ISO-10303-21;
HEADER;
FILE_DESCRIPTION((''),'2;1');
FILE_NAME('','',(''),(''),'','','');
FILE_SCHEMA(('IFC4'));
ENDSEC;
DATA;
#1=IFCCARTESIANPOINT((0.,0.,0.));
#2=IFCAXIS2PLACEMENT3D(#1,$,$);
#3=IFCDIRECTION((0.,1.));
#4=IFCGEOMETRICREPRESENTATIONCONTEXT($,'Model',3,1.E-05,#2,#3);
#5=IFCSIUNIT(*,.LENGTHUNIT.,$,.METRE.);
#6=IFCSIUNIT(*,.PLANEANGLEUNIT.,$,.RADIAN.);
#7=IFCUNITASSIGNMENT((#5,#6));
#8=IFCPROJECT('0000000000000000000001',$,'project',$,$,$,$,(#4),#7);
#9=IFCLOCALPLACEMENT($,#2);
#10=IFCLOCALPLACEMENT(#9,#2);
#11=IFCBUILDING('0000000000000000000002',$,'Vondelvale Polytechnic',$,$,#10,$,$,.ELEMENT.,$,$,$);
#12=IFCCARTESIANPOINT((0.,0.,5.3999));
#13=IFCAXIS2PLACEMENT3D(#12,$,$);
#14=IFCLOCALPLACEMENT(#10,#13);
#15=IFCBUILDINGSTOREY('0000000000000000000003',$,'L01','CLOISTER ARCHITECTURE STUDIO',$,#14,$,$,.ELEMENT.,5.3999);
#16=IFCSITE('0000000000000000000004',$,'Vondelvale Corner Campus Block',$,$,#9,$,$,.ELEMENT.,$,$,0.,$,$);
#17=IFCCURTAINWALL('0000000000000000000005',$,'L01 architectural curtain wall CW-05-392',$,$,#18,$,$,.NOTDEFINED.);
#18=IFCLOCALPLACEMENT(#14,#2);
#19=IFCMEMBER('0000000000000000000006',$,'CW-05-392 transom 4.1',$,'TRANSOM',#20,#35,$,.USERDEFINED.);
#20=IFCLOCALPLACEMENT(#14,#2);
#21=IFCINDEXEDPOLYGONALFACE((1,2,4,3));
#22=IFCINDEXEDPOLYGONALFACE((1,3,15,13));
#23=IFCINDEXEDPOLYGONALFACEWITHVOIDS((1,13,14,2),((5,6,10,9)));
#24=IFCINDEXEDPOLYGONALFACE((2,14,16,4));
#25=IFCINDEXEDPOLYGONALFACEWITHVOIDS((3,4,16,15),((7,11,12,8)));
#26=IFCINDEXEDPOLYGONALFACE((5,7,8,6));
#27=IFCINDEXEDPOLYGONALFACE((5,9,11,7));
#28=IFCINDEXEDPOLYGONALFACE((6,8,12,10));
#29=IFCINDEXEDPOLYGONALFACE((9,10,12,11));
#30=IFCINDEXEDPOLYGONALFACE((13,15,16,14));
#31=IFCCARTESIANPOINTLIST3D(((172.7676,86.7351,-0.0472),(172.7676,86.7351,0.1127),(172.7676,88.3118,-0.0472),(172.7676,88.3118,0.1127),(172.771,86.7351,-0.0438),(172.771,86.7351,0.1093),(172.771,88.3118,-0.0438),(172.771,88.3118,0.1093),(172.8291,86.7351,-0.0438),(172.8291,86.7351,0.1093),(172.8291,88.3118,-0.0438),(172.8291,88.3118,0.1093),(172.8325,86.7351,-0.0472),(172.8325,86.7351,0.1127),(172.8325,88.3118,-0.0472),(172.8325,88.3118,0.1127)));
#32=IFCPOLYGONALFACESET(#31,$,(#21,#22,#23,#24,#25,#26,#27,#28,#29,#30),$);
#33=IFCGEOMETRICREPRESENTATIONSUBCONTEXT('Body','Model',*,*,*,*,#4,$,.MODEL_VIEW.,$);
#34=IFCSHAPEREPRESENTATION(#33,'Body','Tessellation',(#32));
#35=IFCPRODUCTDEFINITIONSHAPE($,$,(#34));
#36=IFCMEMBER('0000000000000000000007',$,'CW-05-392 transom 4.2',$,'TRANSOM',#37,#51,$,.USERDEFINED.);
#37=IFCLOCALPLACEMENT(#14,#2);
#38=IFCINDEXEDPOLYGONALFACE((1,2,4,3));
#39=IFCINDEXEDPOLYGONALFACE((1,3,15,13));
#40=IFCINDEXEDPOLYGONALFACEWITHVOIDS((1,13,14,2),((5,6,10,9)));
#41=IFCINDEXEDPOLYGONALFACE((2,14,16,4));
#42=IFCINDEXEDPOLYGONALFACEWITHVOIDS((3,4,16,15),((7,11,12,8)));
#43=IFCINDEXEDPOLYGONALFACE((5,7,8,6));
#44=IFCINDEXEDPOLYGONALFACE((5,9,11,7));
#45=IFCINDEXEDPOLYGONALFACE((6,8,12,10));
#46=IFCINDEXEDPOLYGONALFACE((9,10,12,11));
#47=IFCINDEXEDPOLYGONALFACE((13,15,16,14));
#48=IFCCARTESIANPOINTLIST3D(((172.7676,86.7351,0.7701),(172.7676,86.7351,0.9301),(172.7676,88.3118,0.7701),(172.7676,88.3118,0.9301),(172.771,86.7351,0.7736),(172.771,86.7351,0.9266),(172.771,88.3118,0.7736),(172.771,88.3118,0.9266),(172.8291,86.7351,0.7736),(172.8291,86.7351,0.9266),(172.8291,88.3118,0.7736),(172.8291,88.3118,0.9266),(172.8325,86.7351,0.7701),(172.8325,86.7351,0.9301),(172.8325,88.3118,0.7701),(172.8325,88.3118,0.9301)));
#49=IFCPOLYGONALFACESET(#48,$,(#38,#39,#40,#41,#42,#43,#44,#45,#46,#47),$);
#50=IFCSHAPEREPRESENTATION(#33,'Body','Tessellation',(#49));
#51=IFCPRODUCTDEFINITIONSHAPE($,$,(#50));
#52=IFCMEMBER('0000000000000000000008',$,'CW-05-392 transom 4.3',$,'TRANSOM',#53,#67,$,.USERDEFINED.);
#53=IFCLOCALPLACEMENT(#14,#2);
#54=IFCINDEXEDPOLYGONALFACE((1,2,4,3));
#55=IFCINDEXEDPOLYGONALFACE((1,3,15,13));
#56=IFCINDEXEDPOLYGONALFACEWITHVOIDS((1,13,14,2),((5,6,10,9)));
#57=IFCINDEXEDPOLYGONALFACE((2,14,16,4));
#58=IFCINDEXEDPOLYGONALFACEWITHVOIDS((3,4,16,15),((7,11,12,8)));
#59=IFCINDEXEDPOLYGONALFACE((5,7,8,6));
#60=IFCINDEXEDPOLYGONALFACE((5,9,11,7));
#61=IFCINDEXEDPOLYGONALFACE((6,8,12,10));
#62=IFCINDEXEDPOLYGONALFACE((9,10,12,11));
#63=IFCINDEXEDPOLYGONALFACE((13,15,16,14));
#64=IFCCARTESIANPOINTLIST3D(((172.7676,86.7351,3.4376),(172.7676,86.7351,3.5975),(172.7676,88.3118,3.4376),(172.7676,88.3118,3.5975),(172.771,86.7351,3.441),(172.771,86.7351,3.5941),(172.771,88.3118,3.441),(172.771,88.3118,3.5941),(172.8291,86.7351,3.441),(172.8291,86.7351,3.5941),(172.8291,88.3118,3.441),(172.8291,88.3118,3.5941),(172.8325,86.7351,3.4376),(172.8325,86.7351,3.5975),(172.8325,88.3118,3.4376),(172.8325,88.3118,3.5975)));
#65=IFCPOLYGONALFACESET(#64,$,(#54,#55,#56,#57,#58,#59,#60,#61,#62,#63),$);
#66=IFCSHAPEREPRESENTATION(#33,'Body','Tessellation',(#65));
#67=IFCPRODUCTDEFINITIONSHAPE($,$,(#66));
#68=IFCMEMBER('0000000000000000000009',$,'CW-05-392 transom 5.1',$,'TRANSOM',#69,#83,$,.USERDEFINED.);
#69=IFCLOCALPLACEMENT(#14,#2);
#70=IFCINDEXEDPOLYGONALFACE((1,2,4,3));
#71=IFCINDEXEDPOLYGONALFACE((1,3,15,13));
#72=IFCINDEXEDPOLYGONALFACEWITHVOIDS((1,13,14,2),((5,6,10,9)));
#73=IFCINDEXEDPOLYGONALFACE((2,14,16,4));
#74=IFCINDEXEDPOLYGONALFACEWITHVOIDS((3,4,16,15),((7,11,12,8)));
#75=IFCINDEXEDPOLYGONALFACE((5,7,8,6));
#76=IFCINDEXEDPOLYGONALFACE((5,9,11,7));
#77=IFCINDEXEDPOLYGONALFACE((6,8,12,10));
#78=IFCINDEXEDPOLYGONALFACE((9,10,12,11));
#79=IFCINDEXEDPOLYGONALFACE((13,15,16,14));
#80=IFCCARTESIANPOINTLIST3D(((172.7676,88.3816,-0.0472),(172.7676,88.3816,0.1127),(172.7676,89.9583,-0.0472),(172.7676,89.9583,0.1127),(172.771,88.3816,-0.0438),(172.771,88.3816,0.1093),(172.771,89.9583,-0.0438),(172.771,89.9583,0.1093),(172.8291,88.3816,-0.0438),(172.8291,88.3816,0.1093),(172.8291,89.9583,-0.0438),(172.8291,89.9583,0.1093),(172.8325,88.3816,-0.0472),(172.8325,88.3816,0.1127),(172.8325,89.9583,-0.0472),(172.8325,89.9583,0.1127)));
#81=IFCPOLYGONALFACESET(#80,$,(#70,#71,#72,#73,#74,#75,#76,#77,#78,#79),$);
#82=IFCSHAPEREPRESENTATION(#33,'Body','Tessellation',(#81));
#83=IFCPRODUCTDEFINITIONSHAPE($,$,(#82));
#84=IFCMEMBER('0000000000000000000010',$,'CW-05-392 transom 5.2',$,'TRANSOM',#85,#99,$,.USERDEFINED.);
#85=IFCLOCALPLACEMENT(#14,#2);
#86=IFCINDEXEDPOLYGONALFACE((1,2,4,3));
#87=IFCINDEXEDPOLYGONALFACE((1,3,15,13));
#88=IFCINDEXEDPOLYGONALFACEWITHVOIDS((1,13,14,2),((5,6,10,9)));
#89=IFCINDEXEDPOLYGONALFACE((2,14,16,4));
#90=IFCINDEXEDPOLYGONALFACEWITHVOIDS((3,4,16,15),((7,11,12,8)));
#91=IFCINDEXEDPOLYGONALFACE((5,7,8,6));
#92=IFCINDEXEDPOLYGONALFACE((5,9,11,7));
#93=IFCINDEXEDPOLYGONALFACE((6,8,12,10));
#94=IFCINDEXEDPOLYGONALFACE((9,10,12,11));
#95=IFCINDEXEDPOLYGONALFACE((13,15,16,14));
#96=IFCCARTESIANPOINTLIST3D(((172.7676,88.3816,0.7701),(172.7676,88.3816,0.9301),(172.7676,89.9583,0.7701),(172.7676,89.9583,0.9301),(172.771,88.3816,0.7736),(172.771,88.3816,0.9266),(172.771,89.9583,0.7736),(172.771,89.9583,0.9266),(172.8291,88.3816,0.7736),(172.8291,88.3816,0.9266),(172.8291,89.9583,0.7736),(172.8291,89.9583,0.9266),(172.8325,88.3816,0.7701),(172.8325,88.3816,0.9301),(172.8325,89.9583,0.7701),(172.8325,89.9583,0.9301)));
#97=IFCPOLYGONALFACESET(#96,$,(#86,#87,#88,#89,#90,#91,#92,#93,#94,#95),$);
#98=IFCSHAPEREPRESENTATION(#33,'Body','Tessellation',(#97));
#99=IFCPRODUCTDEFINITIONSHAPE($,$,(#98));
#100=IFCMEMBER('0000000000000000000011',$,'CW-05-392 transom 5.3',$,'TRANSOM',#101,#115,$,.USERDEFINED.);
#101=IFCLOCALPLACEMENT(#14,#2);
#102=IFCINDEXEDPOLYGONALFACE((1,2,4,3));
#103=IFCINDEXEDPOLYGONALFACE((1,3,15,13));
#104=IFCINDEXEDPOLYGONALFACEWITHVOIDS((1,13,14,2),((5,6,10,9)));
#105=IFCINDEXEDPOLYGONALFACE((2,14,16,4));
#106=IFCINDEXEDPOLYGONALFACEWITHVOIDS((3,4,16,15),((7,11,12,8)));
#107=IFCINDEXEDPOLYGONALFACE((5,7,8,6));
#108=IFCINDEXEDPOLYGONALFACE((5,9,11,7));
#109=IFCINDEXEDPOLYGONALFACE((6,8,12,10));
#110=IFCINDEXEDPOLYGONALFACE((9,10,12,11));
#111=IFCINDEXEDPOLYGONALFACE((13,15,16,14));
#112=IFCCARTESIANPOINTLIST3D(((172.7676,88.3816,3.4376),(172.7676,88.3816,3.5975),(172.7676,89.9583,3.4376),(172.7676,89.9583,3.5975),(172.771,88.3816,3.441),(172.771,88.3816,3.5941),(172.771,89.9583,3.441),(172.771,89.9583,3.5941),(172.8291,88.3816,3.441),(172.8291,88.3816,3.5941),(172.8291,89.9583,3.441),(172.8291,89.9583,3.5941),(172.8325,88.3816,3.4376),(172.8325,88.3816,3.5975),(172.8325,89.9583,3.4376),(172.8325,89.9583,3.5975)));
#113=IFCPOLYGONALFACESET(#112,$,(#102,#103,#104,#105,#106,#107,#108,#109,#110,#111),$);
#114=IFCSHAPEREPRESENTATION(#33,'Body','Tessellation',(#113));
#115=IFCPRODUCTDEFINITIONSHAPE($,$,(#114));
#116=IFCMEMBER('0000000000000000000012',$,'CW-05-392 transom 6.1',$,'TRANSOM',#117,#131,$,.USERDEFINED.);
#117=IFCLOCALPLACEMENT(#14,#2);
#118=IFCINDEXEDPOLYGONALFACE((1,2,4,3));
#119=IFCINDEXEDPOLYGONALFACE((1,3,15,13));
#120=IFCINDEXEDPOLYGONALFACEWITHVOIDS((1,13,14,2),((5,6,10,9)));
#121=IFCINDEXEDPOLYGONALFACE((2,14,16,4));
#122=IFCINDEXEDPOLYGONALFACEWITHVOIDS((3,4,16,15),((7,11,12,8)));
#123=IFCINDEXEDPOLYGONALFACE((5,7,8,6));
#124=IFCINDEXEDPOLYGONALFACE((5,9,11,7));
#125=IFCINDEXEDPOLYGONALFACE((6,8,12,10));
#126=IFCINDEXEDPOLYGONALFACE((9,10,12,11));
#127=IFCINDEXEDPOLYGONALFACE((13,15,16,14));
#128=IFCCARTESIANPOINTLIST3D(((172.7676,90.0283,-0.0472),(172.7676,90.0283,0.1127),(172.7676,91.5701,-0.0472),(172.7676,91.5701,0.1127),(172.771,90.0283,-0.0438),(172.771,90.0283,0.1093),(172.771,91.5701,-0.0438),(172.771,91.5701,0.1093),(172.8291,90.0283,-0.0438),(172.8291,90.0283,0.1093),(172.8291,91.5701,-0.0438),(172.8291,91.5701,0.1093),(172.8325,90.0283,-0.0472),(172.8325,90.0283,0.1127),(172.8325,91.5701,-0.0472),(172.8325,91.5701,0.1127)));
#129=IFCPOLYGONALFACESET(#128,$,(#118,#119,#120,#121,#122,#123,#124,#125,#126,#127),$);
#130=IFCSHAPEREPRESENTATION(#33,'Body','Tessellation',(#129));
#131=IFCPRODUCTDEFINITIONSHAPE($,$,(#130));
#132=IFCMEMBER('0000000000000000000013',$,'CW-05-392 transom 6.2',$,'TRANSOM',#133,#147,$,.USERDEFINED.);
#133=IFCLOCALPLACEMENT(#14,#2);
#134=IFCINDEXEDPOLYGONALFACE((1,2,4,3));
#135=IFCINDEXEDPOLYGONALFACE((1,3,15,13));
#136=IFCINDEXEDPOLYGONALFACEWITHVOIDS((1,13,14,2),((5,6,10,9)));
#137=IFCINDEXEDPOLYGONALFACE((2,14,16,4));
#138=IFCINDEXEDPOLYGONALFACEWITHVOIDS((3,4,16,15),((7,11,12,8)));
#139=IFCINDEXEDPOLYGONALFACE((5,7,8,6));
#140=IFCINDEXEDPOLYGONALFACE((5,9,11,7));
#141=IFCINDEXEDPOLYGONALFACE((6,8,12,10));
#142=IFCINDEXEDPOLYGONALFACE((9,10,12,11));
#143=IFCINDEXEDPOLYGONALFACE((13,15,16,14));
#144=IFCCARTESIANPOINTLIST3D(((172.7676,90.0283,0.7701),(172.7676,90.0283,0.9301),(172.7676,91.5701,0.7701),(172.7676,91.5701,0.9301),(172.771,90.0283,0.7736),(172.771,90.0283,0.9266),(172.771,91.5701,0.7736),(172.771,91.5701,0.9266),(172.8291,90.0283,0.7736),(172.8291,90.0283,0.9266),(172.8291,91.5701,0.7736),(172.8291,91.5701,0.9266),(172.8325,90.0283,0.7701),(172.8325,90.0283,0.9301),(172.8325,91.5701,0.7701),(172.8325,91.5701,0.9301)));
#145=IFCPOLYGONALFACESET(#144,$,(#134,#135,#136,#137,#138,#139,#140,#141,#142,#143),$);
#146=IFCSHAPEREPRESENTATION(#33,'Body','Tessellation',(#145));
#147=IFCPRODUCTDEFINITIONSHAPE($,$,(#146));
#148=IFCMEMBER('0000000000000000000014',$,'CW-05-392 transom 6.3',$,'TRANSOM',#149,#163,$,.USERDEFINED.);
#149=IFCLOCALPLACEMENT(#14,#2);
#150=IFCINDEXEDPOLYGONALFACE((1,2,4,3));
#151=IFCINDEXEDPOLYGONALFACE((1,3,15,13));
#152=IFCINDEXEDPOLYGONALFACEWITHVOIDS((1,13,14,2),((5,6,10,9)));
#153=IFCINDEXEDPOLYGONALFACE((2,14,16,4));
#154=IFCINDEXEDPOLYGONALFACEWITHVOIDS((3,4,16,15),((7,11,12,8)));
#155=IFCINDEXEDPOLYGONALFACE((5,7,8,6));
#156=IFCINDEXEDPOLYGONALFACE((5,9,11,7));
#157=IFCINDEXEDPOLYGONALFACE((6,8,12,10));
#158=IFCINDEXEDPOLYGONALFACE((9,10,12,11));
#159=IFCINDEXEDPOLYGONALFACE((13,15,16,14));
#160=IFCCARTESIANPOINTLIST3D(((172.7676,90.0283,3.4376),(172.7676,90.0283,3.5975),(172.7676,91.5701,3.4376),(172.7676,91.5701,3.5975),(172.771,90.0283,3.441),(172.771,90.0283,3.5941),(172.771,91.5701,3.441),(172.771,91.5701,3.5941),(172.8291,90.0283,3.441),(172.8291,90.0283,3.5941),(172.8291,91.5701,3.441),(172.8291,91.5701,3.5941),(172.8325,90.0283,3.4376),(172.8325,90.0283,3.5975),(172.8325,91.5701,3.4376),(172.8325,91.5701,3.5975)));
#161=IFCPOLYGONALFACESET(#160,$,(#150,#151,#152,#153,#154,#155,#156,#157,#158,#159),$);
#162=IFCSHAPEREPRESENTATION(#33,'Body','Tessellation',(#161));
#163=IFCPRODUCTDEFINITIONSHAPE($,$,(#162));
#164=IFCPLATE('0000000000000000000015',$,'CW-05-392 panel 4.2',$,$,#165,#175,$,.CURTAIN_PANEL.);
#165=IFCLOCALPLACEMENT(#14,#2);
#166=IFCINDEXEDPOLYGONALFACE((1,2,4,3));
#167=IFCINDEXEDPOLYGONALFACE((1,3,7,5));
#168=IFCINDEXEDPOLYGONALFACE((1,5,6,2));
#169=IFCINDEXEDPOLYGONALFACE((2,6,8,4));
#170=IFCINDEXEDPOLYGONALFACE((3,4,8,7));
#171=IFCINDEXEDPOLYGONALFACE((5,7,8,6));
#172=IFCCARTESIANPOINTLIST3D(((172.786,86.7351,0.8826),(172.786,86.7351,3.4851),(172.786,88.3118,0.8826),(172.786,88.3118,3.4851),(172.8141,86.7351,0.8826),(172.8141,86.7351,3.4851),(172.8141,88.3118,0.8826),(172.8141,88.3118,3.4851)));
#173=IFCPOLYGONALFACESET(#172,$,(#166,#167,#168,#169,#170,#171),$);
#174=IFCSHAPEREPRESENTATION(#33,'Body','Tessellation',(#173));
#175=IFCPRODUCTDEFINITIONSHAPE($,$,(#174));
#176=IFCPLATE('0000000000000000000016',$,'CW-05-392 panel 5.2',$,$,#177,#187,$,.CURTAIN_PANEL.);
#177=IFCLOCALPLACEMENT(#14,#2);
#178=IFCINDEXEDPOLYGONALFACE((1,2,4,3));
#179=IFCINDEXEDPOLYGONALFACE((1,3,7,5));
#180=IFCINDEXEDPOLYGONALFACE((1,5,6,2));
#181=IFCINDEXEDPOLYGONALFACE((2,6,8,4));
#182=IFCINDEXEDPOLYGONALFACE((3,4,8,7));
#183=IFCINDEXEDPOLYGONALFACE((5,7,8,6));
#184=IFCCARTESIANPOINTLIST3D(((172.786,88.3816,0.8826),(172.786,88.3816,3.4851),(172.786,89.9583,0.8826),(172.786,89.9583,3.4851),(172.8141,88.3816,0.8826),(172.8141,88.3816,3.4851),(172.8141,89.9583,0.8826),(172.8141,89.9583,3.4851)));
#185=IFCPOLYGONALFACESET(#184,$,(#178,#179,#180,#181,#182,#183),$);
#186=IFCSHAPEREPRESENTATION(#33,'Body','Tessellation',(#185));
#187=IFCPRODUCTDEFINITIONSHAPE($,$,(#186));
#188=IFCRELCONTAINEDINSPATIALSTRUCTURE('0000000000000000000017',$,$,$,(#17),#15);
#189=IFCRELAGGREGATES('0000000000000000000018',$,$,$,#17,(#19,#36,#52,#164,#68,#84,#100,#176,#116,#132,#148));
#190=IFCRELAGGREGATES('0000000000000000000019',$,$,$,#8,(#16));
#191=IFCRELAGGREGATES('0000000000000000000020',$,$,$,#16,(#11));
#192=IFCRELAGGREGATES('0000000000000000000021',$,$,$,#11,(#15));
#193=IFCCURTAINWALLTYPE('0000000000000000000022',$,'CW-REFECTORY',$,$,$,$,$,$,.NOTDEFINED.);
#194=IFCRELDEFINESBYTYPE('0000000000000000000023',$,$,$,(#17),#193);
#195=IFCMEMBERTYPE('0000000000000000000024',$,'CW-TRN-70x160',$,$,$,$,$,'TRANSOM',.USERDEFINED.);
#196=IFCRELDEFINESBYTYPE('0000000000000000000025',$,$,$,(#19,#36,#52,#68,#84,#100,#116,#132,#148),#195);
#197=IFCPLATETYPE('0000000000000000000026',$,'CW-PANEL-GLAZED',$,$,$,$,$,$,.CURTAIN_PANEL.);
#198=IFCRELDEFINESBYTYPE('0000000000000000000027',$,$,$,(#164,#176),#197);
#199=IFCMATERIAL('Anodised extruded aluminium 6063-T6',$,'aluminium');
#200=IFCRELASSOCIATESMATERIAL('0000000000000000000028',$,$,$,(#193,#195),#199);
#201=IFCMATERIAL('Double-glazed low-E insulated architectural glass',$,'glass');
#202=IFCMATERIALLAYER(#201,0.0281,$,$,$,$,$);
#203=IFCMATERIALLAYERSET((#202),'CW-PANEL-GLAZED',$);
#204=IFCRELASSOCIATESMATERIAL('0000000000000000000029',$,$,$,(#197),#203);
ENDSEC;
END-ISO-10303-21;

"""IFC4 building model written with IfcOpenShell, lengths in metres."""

from ifc_helpers import new_model, si_unit, direction, frame, origin, origin_2d, place, context, subcontext, project, spatial, rectangle, hollow_rectangle, extrude, material, layer, layer_set, material_profile, profile_set, type_object, element, aggregate, save


model = new_model("IFC4")

# Units and contexts
model_context = context("Model", 3, precision=1e-05, world=origin(), true_north=direction((0.0, 1.0)))
body_context = subcontext(model_context, "Body", "Model", "MODEL_VIEW")
ifc_project = project(units=[si_unit("LENGTHUNIT", "METRE"), si_unit("PLANEANGLEUNIT", "RADIAN")], contexts=[model_context])

# Site, building, storey
site_placement = place(None, origin())
site = spatial("IfcSite", under=ifc_project, at=site_placement, Name="Vondelvale Corner Campus Block", CompositionType="ELEMENT", RefElevation=0.0)
building_placement = place(site_placement, origin())
building = spatial("IfcBuilding", under=site, at=building_placement, Name="Vondelvale Polytechnic", CompositionType="ELEMENT")
storey_placement = place(building_placement, frame((0.0, 0.0, 5.3999)))
storey = spatial("IfcBuildingStorey", under=building, at=storey_placement, Name="L01", Description="CLOISTER ARCHITECTURE STUDIO", CompositionType="ELEMENT", Elevation=5.3999)

# Curtain wall, members, plates
ifc_material_1 = material(Name="Anodised extruded aluminium 6063-T6", Category="aluminium")
curtain_wall_type = type_object("IfcCurtainWallType", Name="CW-REFECTORY", PredefinedType="NOTDEFINED", material=ifc_material_1)
curtain_wall_placement = place(storey_placement, origin())
curtain_wall = element("IfcCurtainWall", 1, at=curtain_wall_placement, inside=storey, type_object=curtain_wall_type, Name="L01 architectural curtain wall CW-05-392", PredefinedType="NOTDEFINED")
ifc_material_profile_1 = material_profile(ifc_material_1, hollow_rectangle(XDim=0.0649, YDim=0.1599, WallThickness=0.0034, at=origin_2d()), Name="CW-TRN-160x65")
ifc_profile_set_1 = profile_set([ifc_material_profile_1], Name="Anodised extruded aluminium 6063-T6")
member_type_1 = type_object("IfcMemberType", Name="CW-TRN-70x160", ElementType="TRANSOM", PredefinedType="USERDEFINED", material=ifc_profile_set_1)
member_1_placement = place(storey_placement, frame((172.8, 86.7351, 0.0327), z_axis=(0.0, 1.0, 0.0), x_axis=(-1.0, 0.0, 0.0)))
member_1 = element("IfcMember", 2, at=member_1_placement, type_object=member_type_1, Name="CW-05-392 transom 4.1", ObjectType="TRANSOM", PredefinedType="USERDEFINED", context=body_context, shape_type="SweptSolid", body=[
    extrude(hollow_rectangle(XDim=0.0649, YDim=0.1599, WallThickness=0.0034, at=origin_2d()), origin(), (0.0, 0.0, 1.0), 1.5767),
])
member_2_placement = place(storey_placement, frame((172.8, 86.7351, 0.8501), z_axis=(0.0, 1.0, 0.0), x_axis=(-1.0, 0.0, 0.0)))
member_2 = element("IfcMember", 3, at=member_2_placement, type_object=member_type_1, Name="CW-05-392 transom 4.2", ObjectType="TRANSOM", PredefinedType="USERDEFINED", context=body_context, shape_type="SweptSolid", body=[
    extrude(hollow_rectangle(XDim=0.0649, YDim=0.1599, WallThickness=0.0034, at=origin_2d()), origin(), (0.0, 0.0, 1.0), 1.5767),
])
member_3_placement = place(storey_placement, frame((172.8, 86.7351, 3.5176), z_axis=(0.0, 1.0, 0.0), x_axis=(-1.0, 0.0, 0.0)))
member_3 = element("IfcMember", 4, at=member_3_placement, type_object=member_type_1, Name="CW-05-392 transom 4.3", ObjectType="TRANSOM", PredefinedType="USERDEFINED", context=body_context, shape_type="SweptSolid", body=[
    extrude(hollow_rectangle(XDim=0.0649, YDim=0.1599, WallThickness=0.0034, at=origin_2d()), origin(), (0.0, 0.0, 1.0), 1.5767),
])
member_4_placement = place(storey_placement, frame((172.8, 88.3816, 0.0327), z_axis=(0.0, 1.0, 0.0), x_axis=(-1.0, 0.0, 0.0)))
member_4 = element("IfcMember", 5, at=member_4_placement, type_object=member_type_1, Name="CW-05-392 transom 5.1", ObjectType="TRANSOM", PredefinedType="USERDEFINED", context=body_context, shape_type="SweptSolid", body=[
    extrude(hollow_rectangle(XDim=0.0649, YDim=0.1599, WallThickness=0.0034, at=origin_2d()), origin(), (0.0, 0.0, 1.0), 1.5767),
])
member_5_placement = place(storey_placement, frame((172.8, 88.3816, 0.8501), z_axis=(0.0, 1.0, 0.0), x_axis=(-1.0, 0.0, 0.0)))
member_5 = element("IfcMember", 6, at=member_5_placement, type_object=member_type_1, Name="CW-05-392 transom 5.2", ObjectType="TRANSOM", PredefinedType="USERDEFINED", context=body_context, shape_type="SweptSolid", body=[
    extrude(hollow_rectangle(XDim=0.0649, YDim=0.1599, WallThickness=0.0034, at=origin_2d()), origin(), (0.0, 0.0, 1.0), 1.5767),
])
member_6_placement = place(storey_placement, frame((172.8, 88.3816, 3.5176), z_axis=(0.0, 1.0, 0.0), x_axis=(-1.0, 0.0, 0.0)))
member_6 = element("IfcMember", 7, at=member_6_placement, type_object=member_type_1, Name="CW-05-392 transom 5.3", ObjectType="TRANSOM", PredefinedType="USERDEFINED", context=body_context, shape_type="SweptSolid", body=[
    extrude(hollow_rectangle(XDim=0.0649, YDim=0.1599, WallThickness=0.0034, at=origin_2d()), origin(), (0.0, 0.0, 1.0), 1.5767),
])
member_7_placement = place(storey_placement, frame((172.8, 90.0283, 0.0327), z_axis=(0.0, 1.0, 0.0), x_axis=(-1.0, 0.0, 0.0)))
member_7 = element("IfcMember", 8, at=member_7_placement, type_object=member_type_1, Name="CW-05-392 transom 6.1", ObjectType="TRANSOM", PredefinedType="USERDEFINED", context=body_context, shape_type="SweptSolid", body=[
    extrude(hollow_rectangle(XDim=0.0649, YDim=0.1599, WallThickness=0.0034, at=origin_2d()), origin(), (0.0, 0.0, 1.0), 1.5417),
])
member_8_placement = place(storey_placement, frame((172.8, 90.0283, 0.8501), z_axis=(0.0, 1.0, 0.0), x_axis=(-1.0, 0.0, 0.0)))
member_8 = element("IfcMember", 9, at=member_8_placement, type_object=member_type_1, Name="CW-05-392 transom 6.2", ObjectType="TRANSOM", PredefinedType="USERDEFINED", context=body_context, shape_type="SweptSolid", body=[
    extrude(hollow_rectangle(XDim=0.0649, YDim=0.1599, WallThickness=0.0034, at=origin_2d()), origin(), (0.0, 0.0, 1.0), 1.5417),
])
member_9_placement = place(storey_placement, frame((172.8, 90.0283, 3.5176), z_axis=(0.0, 1.0, 0.0), x_axis=(-1.0, 0.0, 0.0)))
member_9 = element("IfcMember", 10, at=member_9_placement, type_object=member_type_1, Name="CW-05-392 transom 6.3", ObjectType="TRANSOM", PredefinedType="USERDEFINED", context=body_context, shape_type="SweptSolid", body=[
    extrude(hollow_rectangle(XDim=0.0649, YDim=0.1599, WallThickness=0.0034, at=origin_2d()), origin(), (0.0, 0.0, 1.0), 1.5417),
])
ifc_material_2 = material(Name="Double-glazed low-E insulated architectural glass", Category="glass")
ifc_layer_1 = layer(ifc_material_2, 0.0281)
ifc_layer_set_1 = layer_set([ifc_layer_1], Name="CW-PANEL-GLAZED")
plate_type_1 = type_object("IfcPlateType", Name="CW-PANEL-GLAZED", PredefinedType="CURTAIN_PANEL", material=ifc_layer_set_1)
plate_1_placement = place(storey_placement, frame((172.8, 87.5234, 0.8826), z_axis=(0.0, 0.0, 1.0), x_axis=(0.0, 1.0, 0.0)))
plate_1 = element("IfcPlate", 11, at=plate_1_placement, type_object=plate_type_1, Name="CW-05-392 panel 4.2", PredefinedType="CURTAIN_PANEL", context=body_context, shape_type="SweptSolid", body=[
    extrude(rectangle(XDim=1.5767, YDim=0.0281, at=origin_2d()), origin(), (0.0, 0.0, 1.0), 2.6025),
])
plate_2_placement = place(storey_placement, frame((172.8, 89.1699, 0.8826), z_axis=(0.0, 0.0, 1.0), x_axis=(0.0, 1.0, 0.0)))
plate_2 = element("IfcPlate", 12, at=plate_2_placement, type_object=plate_type_1, Name="CW-05-392 panel 5.2", PredefinedType="CURTAIN_PANEL", context=body_context, shape_type="SweptSolid", body=[
    extrude(rectangle(XDim=1.5767, YDim=0.0281, at=origin_2d()), origin(), (0.0, 0.0, 1.0), 2.6025),
])
aggregate(curtain_wall, [member_1, member_2, member_3, plate_1, member_4, member_5, member_6, plate_2, member_7, member_8, member_9])

save(model, "model.ifc")
